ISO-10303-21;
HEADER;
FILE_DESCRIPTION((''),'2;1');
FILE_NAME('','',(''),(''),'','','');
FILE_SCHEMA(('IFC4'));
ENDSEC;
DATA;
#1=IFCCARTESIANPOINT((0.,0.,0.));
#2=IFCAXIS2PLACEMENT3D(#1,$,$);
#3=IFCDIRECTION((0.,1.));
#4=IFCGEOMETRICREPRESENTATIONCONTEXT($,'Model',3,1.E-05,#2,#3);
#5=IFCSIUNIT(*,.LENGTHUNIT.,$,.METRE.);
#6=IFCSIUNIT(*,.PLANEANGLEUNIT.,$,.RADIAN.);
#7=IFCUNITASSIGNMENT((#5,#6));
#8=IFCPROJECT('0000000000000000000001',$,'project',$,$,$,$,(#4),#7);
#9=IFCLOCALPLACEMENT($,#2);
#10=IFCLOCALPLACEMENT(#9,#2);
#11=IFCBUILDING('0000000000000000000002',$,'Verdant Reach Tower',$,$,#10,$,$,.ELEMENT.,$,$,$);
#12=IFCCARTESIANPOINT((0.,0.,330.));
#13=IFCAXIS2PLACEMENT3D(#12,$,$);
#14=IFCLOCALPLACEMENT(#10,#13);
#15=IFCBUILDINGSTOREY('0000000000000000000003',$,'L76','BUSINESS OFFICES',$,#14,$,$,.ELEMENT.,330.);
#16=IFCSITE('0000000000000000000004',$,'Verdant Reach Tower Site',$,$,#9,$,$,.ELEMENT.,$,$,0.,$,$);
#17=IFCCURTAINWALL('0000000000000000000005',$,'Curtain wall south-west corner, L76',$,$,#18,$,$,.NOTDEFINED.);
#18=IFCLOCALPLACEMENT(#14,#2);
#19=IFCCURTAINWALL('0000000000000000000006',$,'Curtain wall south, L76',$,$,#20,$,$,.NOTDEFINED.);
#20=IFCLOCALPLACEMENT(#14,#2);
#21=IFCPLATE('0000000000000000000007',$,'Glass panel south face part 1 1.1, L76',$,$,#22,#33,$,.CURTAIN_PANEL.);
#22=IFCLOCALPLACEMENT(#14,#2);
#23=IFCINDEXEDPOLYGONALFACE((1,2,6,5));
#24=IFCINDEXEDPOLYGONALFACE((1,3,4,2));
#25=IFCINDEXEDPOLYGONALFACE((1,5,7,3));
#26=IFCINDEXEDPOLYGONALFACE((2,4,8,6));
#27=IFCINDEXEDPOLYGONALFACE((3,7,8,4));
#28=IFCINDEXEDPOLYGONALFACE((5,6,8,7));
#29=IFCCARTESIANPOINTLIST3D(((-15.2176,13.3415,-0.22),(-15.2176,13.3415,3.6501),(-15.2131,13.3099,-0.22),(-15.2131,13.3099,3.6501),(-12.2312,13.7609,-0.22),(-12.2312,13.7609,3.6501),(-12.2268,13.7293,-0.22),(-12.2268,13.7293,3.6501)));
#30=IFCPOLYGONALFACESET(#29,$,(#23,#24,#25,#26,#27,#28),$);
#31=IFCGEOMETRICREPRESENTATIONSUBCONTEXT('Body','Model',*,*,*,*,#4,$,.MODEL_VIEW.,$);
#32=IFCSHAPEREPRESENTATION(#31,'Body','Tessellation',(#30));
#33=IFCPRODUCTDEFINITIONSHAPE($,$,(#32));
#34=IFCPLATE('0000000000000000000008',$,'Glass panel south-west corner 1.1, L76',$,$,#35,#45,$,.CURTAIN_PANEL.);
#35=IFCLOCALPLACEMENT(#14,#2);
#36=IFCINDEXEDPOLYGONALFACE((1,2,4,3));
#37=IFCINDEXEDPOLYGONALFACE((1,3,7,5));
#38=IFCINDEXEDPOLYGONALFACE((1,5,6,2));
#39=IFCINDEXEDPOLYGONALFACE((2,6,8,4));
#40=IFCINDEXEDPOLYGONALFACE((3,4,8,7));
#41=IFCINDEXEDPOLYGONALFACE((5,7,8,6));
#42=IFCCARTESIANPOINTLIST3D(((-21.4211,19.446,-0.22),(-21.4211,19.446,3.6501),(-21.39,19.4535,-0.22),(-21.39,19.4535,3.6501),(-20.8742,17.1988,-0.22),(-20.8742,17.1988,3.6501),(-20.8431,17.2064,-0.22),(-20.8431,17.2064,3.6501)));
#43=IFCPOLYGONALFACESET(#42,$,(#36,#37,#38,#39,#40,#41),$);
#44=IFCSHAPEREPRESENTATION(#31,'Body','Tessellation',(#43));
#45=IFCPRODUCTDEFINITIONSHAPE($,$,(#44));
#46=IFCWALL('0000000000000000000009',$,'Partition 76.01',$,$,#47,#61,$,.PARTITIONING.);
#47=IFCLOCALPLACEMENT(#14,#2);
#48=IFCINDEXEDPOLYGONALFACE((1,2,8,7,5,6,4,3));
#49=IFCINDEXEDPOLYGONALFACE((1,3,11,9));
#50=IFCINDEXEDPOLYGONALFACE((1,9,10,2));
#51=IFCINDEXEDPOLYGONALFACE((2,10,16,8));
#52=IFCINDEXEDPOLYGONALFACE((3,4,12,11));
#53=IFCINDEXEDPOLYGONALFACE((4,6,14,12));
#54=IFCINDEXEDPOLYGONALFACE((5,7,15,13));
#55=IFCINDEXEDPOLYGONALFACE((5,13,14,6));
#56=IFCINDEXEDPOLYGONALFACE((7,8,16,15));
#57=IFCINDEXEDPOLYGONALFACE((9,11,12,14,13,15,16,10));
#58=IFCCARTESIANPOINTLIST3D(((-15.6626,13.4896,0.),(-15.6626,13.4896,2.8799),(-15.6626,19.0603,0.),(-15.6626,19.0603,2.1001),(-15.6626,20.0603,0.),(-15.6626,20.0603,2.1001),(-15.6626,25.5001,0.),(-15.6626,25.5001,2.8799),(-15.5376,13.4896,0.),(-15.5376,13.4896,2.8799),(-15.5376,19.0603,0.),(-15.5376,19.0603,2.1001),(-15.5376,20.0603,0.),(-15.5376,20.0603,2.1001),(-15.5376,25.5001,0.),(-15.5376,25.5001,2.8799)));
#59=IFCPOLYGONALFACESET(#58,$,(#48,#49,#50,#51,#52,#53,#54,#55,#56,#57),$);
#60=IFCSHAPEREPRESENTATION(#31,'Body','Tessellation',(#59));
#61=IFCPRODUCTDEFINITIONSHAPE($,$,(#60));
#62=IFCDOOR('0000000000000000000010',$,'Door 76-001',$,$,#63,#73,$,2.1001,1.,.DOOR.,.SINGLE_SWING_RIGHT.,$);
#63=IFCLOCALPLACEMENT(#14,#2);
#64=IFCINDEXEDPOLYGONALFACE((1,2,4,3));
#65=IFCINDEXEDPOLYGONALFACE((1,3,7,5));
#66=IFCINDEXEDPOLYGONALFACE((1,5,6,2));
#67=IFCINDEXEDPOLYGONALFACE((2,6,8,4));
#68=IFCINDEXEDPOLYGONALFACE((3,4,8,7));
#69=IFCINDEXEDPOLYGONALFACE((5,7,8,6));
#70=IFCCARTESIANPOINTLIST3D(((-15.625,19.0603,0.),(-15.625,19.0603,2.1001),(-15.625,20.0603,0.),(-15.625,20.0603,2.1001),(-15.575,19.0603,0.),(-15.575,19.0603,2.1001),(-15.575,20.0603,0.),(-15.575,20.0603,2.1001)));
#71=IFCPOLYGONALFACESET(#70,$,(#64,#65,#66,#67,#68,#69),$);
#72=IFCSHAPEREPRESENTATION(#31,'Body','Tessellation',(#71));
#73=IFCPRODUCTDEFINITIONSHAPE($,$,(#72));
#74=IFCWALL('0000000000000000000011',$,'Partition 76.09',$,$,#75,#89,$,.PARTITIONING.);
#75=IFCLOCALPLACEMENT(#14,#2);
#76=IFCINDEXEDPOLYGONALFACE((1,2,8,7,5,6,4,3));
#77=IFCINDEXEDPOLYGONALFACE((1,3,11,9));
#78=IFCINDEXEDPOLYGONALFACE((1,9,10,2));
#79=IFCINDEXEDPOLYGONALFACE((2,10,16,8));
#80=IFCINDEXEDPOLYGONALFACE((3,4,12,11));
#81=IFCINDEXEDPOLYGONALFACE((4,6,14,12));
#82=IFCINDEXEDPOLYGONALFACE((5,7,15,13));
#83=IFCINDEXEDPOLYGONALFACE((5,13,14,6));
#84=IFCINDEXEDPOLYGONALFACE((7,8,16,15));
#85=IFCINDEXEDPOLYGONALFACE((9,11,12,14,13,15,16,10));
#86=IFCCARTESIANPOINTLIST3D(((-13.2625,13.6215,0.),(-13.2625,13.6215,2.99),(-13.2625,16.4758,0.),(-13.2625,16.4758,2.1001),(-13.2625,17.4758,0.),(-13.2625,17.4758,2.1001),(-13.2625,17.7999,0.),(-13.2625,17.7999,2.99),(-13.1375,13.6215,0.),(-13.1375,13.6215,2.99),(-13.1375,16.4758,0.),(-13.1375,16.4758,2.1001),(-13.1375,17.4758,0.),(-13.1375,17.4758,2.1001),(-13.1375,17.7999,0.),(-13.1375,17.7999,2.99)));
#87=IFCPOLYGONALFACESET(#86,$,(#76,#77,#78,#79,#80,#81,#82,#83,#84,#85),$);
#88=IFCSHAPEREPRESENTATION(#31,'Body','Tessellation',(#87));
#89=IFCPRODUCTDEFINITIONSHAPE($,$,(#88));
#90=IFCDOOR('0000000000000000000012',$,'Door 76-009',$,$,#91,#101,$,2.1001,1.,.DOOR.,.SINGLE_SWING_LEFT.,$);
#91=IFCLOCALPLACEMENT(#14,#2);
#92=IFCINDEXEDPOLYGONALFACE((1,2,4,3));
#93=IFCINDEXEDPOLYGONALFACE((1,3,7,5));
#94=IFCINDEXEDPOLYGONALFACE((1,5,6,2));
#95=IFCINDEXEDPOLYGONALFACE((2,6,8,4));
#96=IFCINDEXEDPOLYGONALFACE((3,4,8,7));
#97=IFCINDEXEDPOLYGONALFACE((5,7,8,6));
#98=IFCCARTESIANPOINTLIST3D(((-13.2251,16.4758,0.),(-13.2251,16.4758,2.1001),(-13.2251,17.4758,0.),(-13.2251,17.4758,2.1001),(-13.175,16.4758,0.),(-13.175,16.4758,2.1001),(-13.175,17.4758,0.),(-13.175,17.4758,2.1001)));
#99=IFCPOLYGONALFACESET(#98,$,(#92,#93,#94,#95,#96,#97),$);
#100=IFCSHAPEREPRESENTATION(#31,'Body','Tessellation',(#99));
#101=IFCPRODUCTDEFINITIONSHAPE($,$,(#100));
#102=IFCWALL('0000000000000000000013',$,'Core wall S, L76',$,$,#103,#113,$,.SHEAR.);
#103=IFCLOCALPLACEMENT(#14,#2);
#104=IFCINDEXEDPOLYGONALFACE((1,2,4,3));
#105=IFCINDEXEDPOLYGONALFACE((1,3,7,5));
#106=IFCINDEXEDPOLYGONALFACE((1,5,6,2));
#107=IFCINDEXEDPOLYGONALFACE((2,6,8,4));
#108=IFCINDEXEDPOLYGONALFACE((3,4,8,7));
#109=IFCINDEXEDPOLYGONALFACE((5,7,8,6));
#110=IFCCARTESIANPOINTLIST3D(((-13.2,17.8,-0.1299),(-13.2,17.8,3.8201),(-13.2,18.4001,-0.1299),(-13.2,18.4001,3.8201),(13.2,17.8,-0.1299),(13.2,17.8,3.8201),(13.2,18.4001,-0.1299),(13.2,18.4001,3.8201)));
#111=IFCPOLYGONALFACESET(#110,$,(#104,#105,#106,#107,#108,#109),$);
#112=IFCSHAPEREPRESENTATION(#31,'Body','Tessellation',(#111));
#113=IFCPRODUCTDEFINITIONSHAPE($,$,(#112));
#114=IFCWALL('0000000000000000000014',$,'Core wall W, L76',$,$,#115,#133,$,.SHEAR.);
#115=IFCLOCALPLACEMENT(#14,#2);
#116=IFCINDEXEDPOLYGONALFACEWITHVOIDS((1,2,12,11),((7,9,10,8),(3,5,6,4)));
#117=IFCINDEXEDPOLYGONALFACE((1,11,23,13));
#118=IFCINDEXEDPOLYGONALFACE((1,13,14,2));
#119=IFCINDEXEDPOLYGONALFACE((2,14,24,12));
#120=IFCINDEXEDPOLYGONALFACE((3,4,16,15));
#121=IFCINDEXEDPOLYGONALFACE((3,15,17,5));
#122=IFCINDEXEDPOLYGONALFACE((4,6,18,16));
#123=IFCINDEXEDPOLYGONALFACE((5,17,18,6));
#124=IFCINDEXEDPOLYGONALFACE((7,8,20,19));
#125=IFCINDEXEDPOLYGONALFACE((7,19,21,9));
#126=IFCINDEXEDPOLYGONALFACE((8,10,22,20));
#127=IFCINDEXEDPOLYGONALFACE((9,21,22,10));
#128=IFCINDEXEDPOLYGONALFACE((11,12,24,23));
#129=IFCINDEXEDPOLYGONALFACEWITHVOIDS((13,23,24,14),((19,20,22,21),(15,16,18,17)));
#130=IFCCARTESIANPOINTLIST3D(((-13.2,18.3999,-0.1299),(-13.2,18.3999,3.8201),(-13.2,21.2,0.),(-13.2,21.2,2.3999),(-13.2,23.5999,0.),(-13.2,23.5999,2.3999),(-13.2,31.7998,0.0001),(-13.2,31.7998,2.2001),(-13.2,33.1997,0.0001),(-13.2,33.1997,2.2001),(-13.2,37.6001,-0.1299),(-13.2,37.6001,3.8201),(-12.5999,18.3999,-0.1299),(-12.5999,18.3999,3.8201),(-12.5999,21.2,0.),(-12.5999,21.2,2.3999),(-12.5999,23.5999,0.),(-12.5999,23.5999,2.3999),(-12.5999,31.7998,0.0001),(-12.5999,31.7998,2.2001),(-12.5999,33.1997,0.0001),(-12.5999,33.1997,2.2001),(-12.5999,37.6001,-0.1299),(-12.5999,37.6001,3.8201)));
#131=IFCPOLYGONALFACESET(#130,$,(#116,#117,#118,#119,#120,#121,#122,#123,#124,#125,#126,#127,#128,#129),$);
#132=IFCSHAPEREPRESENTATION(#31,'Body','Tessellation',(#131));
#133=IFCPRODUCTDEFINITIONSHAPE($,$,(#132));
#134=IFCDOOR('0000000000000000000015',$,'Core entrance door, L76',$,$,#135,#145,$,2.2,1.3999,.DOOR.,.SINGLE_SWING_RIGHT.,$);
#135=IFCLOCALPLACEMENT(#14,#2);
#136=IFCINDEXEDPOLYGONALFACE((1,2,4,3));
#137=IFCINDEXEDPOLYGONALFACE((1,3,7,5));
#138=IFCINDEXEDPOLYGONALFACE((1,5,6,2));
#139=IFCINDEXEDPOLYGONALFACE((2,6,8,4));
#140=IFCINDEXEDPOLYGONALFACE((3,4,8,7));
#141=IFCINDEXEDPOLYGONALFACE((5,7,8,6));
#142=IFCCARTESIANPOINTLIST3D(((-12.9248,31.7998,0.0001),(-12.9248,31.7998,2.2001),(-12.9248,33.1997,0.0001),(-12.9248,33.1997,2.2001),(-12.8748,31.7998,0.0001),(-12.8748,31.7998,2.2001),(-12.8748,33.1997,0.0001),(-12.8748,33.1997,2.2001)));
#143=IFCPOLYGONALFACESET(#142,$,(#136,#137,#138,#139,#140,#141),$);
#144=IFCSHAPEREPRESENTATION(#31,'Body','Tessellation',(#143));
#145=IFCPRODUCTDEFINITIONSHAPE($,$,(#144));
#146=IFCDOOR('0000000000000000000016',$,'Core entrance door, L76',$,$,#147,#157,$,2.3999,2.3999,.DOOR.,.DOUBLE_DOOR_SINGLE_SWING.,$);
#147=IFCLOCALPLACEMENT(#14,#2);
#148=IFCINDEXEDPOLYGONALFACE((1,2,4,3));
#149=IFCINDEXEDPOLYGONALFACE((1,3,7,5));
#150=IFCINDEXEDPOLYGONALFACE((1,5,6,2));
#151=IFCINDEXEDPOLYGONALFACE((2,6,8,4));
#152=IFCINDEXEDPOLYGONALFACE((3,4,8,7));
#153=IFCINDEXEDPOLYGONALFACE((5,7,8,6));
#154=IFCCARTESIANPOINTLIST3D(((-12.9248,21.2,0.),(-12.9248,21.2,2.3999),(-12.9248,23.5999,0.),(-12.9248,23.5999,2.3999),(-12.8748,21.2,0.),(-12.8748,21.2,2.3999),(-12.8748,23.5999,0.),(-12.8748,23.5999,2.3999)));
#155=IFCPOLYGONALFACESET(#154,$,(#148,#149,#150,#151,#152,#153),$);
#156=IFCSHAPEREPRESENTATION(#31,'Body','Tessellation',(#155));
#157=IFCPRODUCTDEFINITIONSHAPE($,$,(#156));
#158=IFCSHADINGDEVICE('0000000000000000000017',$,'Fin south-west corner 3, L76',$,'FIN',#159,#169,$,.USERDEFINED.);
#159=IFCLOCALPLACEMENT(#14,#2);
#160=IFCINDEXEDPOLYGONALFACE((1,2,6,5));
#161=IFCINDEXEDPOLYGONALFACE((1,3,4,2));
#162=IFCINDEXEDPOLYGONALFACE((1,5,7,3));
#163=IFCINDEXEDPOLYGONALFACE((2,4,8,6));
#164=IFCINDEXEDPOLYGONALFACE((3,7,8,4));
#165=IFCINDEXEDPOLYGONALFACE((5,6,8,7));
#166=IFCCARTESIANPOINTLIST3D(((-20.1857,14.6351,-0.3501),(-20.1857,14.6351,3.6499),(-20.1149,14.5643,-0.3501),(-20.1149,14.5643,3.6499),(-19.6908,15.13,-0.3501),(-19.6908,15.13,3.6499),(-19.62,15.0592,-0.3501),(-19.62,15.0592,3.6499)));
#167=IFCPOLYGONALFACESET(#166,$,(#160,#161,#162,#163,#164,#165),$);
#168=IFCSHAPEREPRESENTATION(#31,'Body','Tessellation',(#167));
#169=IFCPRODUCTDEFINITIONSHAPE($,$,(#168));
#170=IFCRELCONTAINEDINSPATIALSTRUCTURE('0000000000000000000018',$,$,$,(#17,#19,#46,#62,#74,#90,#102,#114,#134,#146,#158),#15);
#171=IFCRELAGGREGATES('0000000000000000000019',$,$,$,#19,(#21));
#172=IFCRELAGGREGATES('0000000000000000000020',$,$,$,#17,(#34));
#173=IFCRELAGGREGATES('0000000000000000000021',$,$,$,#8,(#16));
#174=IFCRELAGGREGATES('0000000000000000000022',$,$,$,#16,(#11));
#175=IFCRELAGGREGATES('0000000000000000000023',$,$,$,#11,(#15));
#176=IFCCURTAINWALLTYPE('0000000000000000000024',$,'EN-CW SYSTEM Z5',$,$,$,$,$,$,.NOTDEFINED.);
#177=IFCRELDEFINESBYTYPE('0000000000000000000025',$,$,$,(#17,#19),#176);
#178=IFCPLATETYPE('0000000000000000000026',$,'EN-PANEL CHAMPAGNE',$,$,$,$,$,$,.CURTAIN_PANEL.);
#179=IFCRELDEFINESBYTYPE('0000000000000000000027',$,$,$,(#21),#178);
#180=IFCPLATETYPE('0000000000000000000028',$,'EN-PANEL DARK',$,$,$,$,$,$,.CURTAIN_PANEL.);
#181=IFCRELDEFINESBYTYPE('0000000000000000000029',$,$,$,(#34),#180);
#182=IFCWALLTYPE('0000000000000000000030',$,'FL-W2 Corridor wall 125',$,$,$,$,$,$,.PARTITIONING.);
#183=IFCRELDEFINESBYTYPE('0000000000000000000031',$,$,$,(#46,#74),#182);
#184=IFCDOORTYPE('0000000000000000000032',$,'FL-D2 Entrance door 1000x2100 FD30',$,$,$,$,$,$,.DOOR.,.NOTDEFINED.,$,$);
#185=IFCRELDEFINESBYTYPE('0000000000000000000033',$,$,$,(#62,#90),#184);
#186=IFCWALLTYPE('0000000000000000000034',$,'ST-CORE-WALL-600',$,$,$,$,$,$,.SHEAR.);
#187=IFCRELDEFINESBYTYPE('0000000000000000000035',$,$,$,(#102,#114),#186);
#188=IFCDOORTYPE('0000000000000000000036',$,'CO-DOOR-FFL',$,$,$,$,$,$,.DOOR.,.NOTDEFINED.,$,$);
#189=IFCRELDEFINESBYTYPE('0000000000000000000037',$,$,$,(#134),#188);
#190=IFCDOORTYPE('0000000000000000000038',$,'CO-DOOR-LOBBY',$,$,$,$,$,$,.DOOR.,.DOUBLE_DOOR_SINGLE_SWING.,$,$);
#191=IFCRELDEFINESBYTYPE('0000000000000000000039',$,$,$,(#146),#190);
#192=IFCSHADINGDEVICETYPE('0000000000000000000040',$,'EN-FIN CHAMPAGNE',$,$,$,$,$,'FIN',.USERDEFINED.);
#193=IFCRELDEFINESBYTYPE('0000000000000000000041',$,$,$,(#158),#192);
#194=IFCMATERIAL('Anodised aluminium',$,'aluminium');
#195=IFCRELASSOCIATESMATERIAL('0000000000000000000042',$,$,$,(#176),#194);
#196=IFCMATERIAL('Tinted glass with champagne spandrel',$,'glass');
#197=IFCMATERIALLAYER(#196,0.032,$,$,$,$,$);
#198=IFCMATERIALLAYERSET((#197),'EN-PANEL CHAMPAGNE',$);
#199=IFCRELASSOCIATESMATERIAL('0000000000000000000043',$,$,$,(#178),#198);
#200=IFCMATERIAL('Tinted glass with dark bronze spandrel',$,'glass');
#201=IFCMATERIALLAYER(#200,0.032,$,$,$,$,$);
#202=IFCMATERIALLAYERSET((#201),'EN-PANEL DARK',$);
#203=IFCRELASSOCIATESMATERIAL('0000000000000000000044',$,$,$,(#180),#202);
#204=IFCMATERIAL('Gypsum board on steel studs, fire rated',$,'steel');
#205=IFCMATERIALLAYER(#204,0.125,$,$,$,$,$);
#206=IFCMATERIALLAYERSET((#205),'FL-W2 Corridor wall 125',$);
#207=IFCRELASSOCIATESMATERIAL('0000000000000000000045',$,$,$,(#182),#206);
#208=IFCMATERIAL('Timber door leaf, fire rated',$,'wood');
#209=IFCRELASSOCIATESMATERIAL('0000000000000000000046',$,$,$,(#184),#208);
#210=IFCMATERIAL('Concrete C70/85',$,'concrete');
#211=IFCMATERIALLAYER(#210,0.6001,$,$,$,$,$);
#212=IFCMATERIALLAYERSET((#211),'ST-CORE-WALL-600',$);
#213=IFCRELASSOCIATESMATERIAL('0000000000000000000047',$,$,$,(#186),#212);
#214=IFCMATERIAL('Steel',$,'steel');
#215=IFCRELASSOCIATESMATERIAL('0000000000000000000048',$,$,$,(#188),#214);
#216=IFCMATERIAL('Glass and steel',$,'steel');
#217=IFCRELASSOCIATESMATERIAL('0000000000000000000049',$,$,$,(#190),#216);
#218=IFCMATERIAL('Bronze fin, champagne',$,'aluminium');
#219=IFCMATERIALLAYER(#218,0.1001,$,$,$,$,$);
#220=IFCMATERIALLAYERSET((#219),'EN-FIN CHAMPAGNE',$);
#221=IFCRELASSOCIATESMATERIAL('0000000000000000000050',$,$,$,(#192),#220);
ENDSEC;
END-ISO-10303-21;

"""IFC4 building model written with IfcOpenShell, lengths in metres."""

from ifc_helpers import new_model, si_unit, direction, frame, frame_2d, origin, origin_2d, place, context, subcontext, project, spatial, rectangle, extrude, material, layer, layer_set, type_object, element, fill, aggregate, save


model = new_model("IFC4")

# Units and contexts
model_context = context("Model", 3, precision=1e-05, world=origin(), true_north=direction((0.0, 1.0)))
body_context = subcontext(model_context, "Body", "Model", "MODEL_VIEW")
ifc_project = project(units=[si_unit("LENGTHUNIT", "METRE"), si_unit("PLANEANGLEUNIT", "RADIAN")], contexts=[model_context])

# Site, building, storey
site_placement = place(None, origin())
site = spatial("IfcSite", under=ifc_project, at=site_placement, Name="Verdant Reach Tower Site", CompositionType="ELEMENT", RefElevation=0.0)
building_placement = place(site_placement, origin())
building = spatial("IfcBuilding", under=site, at=building_placement, Name="Verdant Reach Tower", CompositionType="ELEMENT")
storey_placement = place(building_placement, frame((0.0, 0.0, 330.0)))
storey = spatial("IfcBuildingStorey", under=building, at=storey_placement, Name="L76", Description="BUSINESS OFFICES", CompositionType="ELEMENT", Elevation=330.0)

# Curtain walls
ifc_material_1 = material(Name="Anodised aluminium", Category="aluminium")
curtain_wall_type = type_object("IfcCurtainWallType", Name="EN-CW SYSTEM Z5", PredefinedType="NOTDEFINED", material=ifc_material_1)
curtain_wall_1_placement = place(storey_placement, origin())
curtain_wall_1 = element("IfcCurtainWall", 1, at=curtain_wall_1_placement, inside=storey, type_object=curtain_wall_type, Name="Curtain wall south-west corner, L76", PredefinedType="NOTDEFINED")
curtain_wall_2_placement = place(storey_placement, origin())
curtain_wall_2 = element("IfcCurtainWall", 2, at=curtain_wall_2_placement, inside=storey, type_object=curtain_wall_type, Name="Curtain wall south, L76", PredefinedType="NOTDEFINED")

# Plates
ifc_material_2 = material(Name="Tinted glass with champagne spandrel", Category="glass")
ifc_layer_1 = layer(ifc_material_2, 0.032)
ifc_layer_set_1 = layer_set([ifc_layer_1], Name="EN-PANEL CHAMPAGNE")
plate_type_1 = type_object("IfcPlateType", Name="EN-PANEL CHAMPAGNE", PredefinedType="CURTAIN_PANEL", material=ifc_layer_set_1)
plate_1_placement = place(storey_placement, frame((-13.7222, 13.5354, -0.22), z_axis=(0.0, 0.0, 1.0), x_axis=(0.990282, 0.139077, 0.0)))
plate_1 = element("IfcPlate", 3, at=plate_1_placement, type_object=plate_type_1, Name="Glass panel south face part 1 1.1, L76", PredefinedType="CURTAIN_PANEL", context=body_context, shape_type="SweptSolid", body=[
    extrude(rectangle(XDim=3.0156, YDim=0.032, at=origin_2d()), origin(), (0.0, 0.0, 1.0), 3.8701),
])
aggregate(curtain_wall_2, [plate_1])
ifc_material_3 = material(Name="Tinted glass with dark bronze spandrel", Category="glass")
ifc_layer_2 = layer(ifc_material_3, 0.032)
ifc_layer_set_2 = layer_set([ifc_layer_2], Name="EN-PANEL DARK")
plate_type_2 = type_object("IfcPlateType", Name="EN-PANEL DARK", PredefinedType="CURTAIN_PANEL", material=ifc_layer_set_2)
plate_2_placement = place(storey_placement, frame((-21.1321, 18.3262, -0.22), z_axis=(0.0, 0.0, 1.0), x_axis=(0.236471, -0.971638, 0.0)))
plate_2 = element("IfcPlate", 4, at=plate_2_placement, type_object=plate_type_2, Name="Glass panel south-west corner 1.1, L76", PredefinedType="CURTAIN_PANEL", context=body_context, shape_type="SweptSolid", body=[
    extrude(rectangle(XDim=2.3127, YDim=0.032, at=origin_2d()), origin(), (0.0, 0.0, 1.0), 3.8701),
])
aggregate(curtain_wall_1, [plate_2])

# Walls, openings, doors
ifc_material_4 = material(Name="Gypsum board on steel studs, fire rated", Category="steel")
ifc_layer_3 = layer(ifc_material_4, 0.125)
ifc_layer_set_3 = layer_set([ifc_layer_3], Name="FL-W2 Corridor wall 125")
wall_type_1 = type_object("IfcWallType", Name="FL-W2 Corridor wall 125", PredefinedType="PARTITIONING", material=ifc_layer_set_3)
wall_1_placement = place(storey_placement, frame((-15.6001, 13.4895, 0.0), z_axis=(0.0, 0.0, 1.0), x_axis=(0.0, 1.0, 0.0)))
wall_1 = element("IfcWall", 5, at=wall_1_placement, inside=storey, type_object=wall_type_1, Name="Partition 76.01", PredefinedType="PARTITIONING", context=body_context, shape_type="SweptSolid", body=[
    extrude(rectangle(XDim=12.0105, YDim=0.125, at=frame_2d((6.0054, 0.0))), origin(), (0.0, 0.0, 1.0), 2.8799),
])
opening_1_placement = place(wall_1_placement, frame((5.5708, 0.0, 0.0)))
opening_1 = element("IfcOpeningElement", 6, at=opening_1_placement, cuts=wall_1, PredefinedType="OPENING", context=body_context, shape_type="SweptSolid", body=[
    extrude(rectangle(XDim=1.0, YDim=2.1001, at=frame_2d((0.5, 1.05))), frame((0.0, 0.0725, 0.0), z_axis=(0.0, -1.0, 0.0), x_axis=(1.0, 0.0, 0.0)), (0.0, 0.0, 1.0), 0.145),
])
ifc_material_5 = material(Name="Timber door leaf, fire rated", Category="wood")
door_type_1 = type_object("IfcDoorType", Name="FL-D2 Entrance door 1000x2100 FD30", OperationType="NOTDEFINED", PredefinedType="DOOR", material=ifc_material_5)
door_1_placement = place(opening_1_placement, origin())
door_1 = element("IfcDoor", 7, at=door_1_placement, inside=storey, type_object=door_type_1, Name="Door 76-001", OperationType="SINGLE_SWING_RIGHT", OverallHeight=2.1001, OverallWidth=1.0, PredefinedType="DOOR", context=body_context, shape_type="SweptSolid", body=[
    extrude(rectangle(XDim=1.0, YDim=2.1001, at=frame_2d((0.5, 1.05))), frame((0.0, 0.0249, 0.0), z_axis=(0.0, -1.0, 0.0), x_axis=(1.0, 0.0, 0.0)), (0.0, 0.0, 1.0), 0.05),
])
fill(opening_1, door_1)
wall_2_placement = place(storey_placement, frame((-13.2, 17.8, 0.0), z_axis=(0.0, 0.0, 1.0), x_axis=(0.0, -1.0, 0.0)))
wall_2 = element("IfcWall", 8, at=wall_2_placement, inside=storey, type_object=wall_type_1, Name="Partition 76.09", PredefinedType="PARTITIONING", context=body_context, shape_type="SweptSolid", body=[
    extrude(rectangle(XDim=4.1785, YDim=0.125, at=frame_2d((2.0894, 0.0))), origin(), (0.0, 0.0, 1.0), 2.99),
])
opening_2_placement = place(wall_2_placement, frame((0.3242, 0.0, 0.0)))
opening_2 = element("IfcOpeningElement", 9, at=opening_2_placement, cuts=wall_2, PredefinedType="OPENING", context=body_context, shape_type="SweptSolid", body=[
    extrude(rectangle(XDim=1.0, YDim=2.1001, at=frame_2d((0.5, 1.05))), frame((0.0, 0.0725, 0.0), z_axis=(0.0, -1.0, 0.0), x_axis=(1.0, 0.0, 0.0)), (0.0, 0.0, 1.0), 0.145),
])
door_2_placement = place(opening_2_placement, origin())
door_2 = element("IfcDoor", 10, at=door_2_placement, inside=storey, type_object=door_type_1, Name="Door 76-009", OperationType="SINGLE_SWING_LEFT", OverallHeight=2.1001, OverallWidth=1.0, PredefinedType="DOOR", context=body_context, shape_type="SweptSolid", body=[
    extrude(rectangle(XDim=1.0, YDim=2.1001, at=frame_2d((0.5, 1.05))), frame((0.0, 0.0249, 0.0), z_axis=(0.0, -1.0, 0.0), x_axis=(1.0, 0.0, 0.0)), (0.0, 0.0, 1.0), 0.05),
])
fill(opening_2, door_2)

# Wall
ifc_material_6 = material(Name="Concrete C70/85", Category="concrete")
ifc_layer_4 = layer(ifc_material_6, 0.6001)
ifc_layer_set_4 = layer_set([ifc_layer_4], Name="ST-CORE-WALL-600")
wall_type_2 = type_object("IfcWallType", Name="ST-CORE-WALL-600", PredefinedType="SHEAR", material=ifc_layer_set_4)
wall_3_placement = place(storey_placement, frame((-13.2, 18.1001, -0.1299), z_axis=(0.0, 0.0, 1.0), x_axis=(1.0, 0.0, 0.0)))
element("IfcWall", 11, at=wall_3_placement, inside=storey, type_object=wall_type_2, Name="Core wall S, L76", PredefinedType="SHEAR", context=body_context, shape_type="SweptSolid", body=[
    extrude(rectangle(XDim=26.3999, YDim=0.6001, at=frame_2d((13.2, 0.0))), origin(), (0.0, 0.0, 1.0), 3.95),
])

# Wall, openings, doors
wall_4_placement = place(storey_placement, frame((-12.8999, 18.3999, -0.1299), z_axis=(0.0, 0.0, 1.0), x_axis=(0.0, 1.0, 0.0)))
wall_4 = element("IfcWall", 12, at=wall_4_placement, inside=storey, type_object=wall_type_2, Name="Core wall W, L76", PredefinedType="SHEAR", context=body_context, shape_type="SweptSolid", body=[
    extrude(rectangle(XDim=19.2002, YDim=0.6001, at=frame_2d((9.6001, 0.0))), origin(), (0.0, 0.0, 1.0), 3.95),
])
opening_3_placement = place(wall_4_placement, frame((2.8, 0.0, 0.1299)))
opening_3 = element("IfcOpeningElement", 13, at=opening_3_placement, cuts=wall_4, PredefinedType="OPENING", context=body_context, shape_type="SweptSolid", body=[
    extrude(rectangle(XDim=2.3999, YDim=2.3999, at=frame_2d((1.2, 1.2))), frame((0.0, 0.3101, 0.0), z_axis=(0.0, -1.0, 0.0), x_axis=(1.0, 0.0, 0.0)), (0.0, 0.0, 1.0), 0.6201),
])
opening_4_placement = place(wall_4_placement, frame((13.3999, 0.0, 0.1299)))
opening_4 = element("IfcOpeningElement", 14, at=opening_4_placement, cuts=wall_4, PredefinedType="OPENING", context=body_context, shape_type="SweptSolid", body=[
    extrude(rectangle(XDim=1.3999, YDim=2.2, at=frame_2d((0.7, 1.1001))), frame((0.0, 0.3101, 0.0), z_axis=(0.0, -1.0, 0.0), x_axis=(1.0, 0.0, 0.0)), (0.0, 0.0, 1.0), 0.6201),
])
ifc_material_7 = material(Name="Steel", Category="steel")
door_type_2 = type_object("IfcDoorType", Name="CO-DOOR-FFL", OperationType="NOTDEFINED", PredefinedType="DOOR", material=ifc_material_7)
door_3_placement = place(opening_4_placement, origin())
door_3 = element("IfcDoor", 15, at=door_3_placement, inside=storey, type_object=door_type_2, Name="Core entrance door, L76", OperationType="SINGLE_SWING_RIGHT", OverallHeight=2.2, OverallWidth=1.3999, PredefinedType="DOOR", context=body_context, shape_type="SweptSolid", body=[
    extrude(rectangle(XDim=1.3999, YDim=2.2, at=frame_2d((0.7, 1.1001))), frame((0.0, 0.0249, 0.0), z_axis=(0.0, -1.0, 0.0), x_axis=(1.0, 0.0, 0.0)), (0.0, 0.0, 1.0), 0.05),
])
fill(opening_4, door_3)
ifc_material_8 = material(Name="Glass and steel", Category="steel")
door_type_3 = type_object("IfcDoorType", Name="CO-DOOR-LOBBY", OperationType="DOUBLE_DOOR_SINGLE_SWING", PredefinedType="DOOR", material=ifc_material_8)
door_4_placement = place(opening_3_placement, origin())
door_4 = element("IfcDoor", 16, at=door_4_placement, inside=storey, type_object=door_type_3, Name="Core entrance door, L76", OperationType="DOUBLE_DOOR_SINGLE_SWING", OverallHeight=2.3999, OverallWidth=2.3999, PredefinedType="DOOR", context=body_context, shape_type="SweptSolid", body=[
    extrude(rectangle(XDim=2.3999, YDim=2.3999, at=frame_2d((1.2, 1.2))), frame((0.0, 0.0249, 0.0), z_axis=(0.0, -1.0, 0.0), x_axis=(1.0, 0.0, 0.0)), (0.0, 0.0, 1.0), 0.05),
])
fill(opening_3, door_4)

# Shading device
ifc_material_9 = material(Name="Bronze fin, champagne", Category="aluminium")
ifc_layer_5 = layer(ifc_material_9, 0.1001)
ifc_layer_set_5 = layer_set([ifc_layer_5], Name="EN-FIN CHAMPAGNE")
shading_device_type = type_object("IfcShadingDeviceType", Name="EN-FIN CHAMPAGNE", ElementType="FIN", PredefinedType="USERDEFINED", material=ifc_layer_set_5)
for number, where, z_axis, x_axis, name in (
    (17, (-19.9028, 14.8472, -0.3501), (0.0, 0.0, 1.0), (0.707107, -0.707107, 0.0), "Fin south-west corner 3, L76"),
):
    element("IfcShadingDevice", number, at=place(storey_placement, frame(where, z_axis=z_axis, x_axis=x_axis)), inside=storey, type_object=shading_device_type, Name=name, ObjectType="FIN", PredefinedType="USERDEFINED", context=body_context, shape_type="SweptSolid", body=[
        extrude(rectangle(XDim=0.1001, YDim=0.7, at=origin_2d()), origin(), (0.0, 0.0, 1.0), 4.0),
    ])

save(model, "model.ifc")
